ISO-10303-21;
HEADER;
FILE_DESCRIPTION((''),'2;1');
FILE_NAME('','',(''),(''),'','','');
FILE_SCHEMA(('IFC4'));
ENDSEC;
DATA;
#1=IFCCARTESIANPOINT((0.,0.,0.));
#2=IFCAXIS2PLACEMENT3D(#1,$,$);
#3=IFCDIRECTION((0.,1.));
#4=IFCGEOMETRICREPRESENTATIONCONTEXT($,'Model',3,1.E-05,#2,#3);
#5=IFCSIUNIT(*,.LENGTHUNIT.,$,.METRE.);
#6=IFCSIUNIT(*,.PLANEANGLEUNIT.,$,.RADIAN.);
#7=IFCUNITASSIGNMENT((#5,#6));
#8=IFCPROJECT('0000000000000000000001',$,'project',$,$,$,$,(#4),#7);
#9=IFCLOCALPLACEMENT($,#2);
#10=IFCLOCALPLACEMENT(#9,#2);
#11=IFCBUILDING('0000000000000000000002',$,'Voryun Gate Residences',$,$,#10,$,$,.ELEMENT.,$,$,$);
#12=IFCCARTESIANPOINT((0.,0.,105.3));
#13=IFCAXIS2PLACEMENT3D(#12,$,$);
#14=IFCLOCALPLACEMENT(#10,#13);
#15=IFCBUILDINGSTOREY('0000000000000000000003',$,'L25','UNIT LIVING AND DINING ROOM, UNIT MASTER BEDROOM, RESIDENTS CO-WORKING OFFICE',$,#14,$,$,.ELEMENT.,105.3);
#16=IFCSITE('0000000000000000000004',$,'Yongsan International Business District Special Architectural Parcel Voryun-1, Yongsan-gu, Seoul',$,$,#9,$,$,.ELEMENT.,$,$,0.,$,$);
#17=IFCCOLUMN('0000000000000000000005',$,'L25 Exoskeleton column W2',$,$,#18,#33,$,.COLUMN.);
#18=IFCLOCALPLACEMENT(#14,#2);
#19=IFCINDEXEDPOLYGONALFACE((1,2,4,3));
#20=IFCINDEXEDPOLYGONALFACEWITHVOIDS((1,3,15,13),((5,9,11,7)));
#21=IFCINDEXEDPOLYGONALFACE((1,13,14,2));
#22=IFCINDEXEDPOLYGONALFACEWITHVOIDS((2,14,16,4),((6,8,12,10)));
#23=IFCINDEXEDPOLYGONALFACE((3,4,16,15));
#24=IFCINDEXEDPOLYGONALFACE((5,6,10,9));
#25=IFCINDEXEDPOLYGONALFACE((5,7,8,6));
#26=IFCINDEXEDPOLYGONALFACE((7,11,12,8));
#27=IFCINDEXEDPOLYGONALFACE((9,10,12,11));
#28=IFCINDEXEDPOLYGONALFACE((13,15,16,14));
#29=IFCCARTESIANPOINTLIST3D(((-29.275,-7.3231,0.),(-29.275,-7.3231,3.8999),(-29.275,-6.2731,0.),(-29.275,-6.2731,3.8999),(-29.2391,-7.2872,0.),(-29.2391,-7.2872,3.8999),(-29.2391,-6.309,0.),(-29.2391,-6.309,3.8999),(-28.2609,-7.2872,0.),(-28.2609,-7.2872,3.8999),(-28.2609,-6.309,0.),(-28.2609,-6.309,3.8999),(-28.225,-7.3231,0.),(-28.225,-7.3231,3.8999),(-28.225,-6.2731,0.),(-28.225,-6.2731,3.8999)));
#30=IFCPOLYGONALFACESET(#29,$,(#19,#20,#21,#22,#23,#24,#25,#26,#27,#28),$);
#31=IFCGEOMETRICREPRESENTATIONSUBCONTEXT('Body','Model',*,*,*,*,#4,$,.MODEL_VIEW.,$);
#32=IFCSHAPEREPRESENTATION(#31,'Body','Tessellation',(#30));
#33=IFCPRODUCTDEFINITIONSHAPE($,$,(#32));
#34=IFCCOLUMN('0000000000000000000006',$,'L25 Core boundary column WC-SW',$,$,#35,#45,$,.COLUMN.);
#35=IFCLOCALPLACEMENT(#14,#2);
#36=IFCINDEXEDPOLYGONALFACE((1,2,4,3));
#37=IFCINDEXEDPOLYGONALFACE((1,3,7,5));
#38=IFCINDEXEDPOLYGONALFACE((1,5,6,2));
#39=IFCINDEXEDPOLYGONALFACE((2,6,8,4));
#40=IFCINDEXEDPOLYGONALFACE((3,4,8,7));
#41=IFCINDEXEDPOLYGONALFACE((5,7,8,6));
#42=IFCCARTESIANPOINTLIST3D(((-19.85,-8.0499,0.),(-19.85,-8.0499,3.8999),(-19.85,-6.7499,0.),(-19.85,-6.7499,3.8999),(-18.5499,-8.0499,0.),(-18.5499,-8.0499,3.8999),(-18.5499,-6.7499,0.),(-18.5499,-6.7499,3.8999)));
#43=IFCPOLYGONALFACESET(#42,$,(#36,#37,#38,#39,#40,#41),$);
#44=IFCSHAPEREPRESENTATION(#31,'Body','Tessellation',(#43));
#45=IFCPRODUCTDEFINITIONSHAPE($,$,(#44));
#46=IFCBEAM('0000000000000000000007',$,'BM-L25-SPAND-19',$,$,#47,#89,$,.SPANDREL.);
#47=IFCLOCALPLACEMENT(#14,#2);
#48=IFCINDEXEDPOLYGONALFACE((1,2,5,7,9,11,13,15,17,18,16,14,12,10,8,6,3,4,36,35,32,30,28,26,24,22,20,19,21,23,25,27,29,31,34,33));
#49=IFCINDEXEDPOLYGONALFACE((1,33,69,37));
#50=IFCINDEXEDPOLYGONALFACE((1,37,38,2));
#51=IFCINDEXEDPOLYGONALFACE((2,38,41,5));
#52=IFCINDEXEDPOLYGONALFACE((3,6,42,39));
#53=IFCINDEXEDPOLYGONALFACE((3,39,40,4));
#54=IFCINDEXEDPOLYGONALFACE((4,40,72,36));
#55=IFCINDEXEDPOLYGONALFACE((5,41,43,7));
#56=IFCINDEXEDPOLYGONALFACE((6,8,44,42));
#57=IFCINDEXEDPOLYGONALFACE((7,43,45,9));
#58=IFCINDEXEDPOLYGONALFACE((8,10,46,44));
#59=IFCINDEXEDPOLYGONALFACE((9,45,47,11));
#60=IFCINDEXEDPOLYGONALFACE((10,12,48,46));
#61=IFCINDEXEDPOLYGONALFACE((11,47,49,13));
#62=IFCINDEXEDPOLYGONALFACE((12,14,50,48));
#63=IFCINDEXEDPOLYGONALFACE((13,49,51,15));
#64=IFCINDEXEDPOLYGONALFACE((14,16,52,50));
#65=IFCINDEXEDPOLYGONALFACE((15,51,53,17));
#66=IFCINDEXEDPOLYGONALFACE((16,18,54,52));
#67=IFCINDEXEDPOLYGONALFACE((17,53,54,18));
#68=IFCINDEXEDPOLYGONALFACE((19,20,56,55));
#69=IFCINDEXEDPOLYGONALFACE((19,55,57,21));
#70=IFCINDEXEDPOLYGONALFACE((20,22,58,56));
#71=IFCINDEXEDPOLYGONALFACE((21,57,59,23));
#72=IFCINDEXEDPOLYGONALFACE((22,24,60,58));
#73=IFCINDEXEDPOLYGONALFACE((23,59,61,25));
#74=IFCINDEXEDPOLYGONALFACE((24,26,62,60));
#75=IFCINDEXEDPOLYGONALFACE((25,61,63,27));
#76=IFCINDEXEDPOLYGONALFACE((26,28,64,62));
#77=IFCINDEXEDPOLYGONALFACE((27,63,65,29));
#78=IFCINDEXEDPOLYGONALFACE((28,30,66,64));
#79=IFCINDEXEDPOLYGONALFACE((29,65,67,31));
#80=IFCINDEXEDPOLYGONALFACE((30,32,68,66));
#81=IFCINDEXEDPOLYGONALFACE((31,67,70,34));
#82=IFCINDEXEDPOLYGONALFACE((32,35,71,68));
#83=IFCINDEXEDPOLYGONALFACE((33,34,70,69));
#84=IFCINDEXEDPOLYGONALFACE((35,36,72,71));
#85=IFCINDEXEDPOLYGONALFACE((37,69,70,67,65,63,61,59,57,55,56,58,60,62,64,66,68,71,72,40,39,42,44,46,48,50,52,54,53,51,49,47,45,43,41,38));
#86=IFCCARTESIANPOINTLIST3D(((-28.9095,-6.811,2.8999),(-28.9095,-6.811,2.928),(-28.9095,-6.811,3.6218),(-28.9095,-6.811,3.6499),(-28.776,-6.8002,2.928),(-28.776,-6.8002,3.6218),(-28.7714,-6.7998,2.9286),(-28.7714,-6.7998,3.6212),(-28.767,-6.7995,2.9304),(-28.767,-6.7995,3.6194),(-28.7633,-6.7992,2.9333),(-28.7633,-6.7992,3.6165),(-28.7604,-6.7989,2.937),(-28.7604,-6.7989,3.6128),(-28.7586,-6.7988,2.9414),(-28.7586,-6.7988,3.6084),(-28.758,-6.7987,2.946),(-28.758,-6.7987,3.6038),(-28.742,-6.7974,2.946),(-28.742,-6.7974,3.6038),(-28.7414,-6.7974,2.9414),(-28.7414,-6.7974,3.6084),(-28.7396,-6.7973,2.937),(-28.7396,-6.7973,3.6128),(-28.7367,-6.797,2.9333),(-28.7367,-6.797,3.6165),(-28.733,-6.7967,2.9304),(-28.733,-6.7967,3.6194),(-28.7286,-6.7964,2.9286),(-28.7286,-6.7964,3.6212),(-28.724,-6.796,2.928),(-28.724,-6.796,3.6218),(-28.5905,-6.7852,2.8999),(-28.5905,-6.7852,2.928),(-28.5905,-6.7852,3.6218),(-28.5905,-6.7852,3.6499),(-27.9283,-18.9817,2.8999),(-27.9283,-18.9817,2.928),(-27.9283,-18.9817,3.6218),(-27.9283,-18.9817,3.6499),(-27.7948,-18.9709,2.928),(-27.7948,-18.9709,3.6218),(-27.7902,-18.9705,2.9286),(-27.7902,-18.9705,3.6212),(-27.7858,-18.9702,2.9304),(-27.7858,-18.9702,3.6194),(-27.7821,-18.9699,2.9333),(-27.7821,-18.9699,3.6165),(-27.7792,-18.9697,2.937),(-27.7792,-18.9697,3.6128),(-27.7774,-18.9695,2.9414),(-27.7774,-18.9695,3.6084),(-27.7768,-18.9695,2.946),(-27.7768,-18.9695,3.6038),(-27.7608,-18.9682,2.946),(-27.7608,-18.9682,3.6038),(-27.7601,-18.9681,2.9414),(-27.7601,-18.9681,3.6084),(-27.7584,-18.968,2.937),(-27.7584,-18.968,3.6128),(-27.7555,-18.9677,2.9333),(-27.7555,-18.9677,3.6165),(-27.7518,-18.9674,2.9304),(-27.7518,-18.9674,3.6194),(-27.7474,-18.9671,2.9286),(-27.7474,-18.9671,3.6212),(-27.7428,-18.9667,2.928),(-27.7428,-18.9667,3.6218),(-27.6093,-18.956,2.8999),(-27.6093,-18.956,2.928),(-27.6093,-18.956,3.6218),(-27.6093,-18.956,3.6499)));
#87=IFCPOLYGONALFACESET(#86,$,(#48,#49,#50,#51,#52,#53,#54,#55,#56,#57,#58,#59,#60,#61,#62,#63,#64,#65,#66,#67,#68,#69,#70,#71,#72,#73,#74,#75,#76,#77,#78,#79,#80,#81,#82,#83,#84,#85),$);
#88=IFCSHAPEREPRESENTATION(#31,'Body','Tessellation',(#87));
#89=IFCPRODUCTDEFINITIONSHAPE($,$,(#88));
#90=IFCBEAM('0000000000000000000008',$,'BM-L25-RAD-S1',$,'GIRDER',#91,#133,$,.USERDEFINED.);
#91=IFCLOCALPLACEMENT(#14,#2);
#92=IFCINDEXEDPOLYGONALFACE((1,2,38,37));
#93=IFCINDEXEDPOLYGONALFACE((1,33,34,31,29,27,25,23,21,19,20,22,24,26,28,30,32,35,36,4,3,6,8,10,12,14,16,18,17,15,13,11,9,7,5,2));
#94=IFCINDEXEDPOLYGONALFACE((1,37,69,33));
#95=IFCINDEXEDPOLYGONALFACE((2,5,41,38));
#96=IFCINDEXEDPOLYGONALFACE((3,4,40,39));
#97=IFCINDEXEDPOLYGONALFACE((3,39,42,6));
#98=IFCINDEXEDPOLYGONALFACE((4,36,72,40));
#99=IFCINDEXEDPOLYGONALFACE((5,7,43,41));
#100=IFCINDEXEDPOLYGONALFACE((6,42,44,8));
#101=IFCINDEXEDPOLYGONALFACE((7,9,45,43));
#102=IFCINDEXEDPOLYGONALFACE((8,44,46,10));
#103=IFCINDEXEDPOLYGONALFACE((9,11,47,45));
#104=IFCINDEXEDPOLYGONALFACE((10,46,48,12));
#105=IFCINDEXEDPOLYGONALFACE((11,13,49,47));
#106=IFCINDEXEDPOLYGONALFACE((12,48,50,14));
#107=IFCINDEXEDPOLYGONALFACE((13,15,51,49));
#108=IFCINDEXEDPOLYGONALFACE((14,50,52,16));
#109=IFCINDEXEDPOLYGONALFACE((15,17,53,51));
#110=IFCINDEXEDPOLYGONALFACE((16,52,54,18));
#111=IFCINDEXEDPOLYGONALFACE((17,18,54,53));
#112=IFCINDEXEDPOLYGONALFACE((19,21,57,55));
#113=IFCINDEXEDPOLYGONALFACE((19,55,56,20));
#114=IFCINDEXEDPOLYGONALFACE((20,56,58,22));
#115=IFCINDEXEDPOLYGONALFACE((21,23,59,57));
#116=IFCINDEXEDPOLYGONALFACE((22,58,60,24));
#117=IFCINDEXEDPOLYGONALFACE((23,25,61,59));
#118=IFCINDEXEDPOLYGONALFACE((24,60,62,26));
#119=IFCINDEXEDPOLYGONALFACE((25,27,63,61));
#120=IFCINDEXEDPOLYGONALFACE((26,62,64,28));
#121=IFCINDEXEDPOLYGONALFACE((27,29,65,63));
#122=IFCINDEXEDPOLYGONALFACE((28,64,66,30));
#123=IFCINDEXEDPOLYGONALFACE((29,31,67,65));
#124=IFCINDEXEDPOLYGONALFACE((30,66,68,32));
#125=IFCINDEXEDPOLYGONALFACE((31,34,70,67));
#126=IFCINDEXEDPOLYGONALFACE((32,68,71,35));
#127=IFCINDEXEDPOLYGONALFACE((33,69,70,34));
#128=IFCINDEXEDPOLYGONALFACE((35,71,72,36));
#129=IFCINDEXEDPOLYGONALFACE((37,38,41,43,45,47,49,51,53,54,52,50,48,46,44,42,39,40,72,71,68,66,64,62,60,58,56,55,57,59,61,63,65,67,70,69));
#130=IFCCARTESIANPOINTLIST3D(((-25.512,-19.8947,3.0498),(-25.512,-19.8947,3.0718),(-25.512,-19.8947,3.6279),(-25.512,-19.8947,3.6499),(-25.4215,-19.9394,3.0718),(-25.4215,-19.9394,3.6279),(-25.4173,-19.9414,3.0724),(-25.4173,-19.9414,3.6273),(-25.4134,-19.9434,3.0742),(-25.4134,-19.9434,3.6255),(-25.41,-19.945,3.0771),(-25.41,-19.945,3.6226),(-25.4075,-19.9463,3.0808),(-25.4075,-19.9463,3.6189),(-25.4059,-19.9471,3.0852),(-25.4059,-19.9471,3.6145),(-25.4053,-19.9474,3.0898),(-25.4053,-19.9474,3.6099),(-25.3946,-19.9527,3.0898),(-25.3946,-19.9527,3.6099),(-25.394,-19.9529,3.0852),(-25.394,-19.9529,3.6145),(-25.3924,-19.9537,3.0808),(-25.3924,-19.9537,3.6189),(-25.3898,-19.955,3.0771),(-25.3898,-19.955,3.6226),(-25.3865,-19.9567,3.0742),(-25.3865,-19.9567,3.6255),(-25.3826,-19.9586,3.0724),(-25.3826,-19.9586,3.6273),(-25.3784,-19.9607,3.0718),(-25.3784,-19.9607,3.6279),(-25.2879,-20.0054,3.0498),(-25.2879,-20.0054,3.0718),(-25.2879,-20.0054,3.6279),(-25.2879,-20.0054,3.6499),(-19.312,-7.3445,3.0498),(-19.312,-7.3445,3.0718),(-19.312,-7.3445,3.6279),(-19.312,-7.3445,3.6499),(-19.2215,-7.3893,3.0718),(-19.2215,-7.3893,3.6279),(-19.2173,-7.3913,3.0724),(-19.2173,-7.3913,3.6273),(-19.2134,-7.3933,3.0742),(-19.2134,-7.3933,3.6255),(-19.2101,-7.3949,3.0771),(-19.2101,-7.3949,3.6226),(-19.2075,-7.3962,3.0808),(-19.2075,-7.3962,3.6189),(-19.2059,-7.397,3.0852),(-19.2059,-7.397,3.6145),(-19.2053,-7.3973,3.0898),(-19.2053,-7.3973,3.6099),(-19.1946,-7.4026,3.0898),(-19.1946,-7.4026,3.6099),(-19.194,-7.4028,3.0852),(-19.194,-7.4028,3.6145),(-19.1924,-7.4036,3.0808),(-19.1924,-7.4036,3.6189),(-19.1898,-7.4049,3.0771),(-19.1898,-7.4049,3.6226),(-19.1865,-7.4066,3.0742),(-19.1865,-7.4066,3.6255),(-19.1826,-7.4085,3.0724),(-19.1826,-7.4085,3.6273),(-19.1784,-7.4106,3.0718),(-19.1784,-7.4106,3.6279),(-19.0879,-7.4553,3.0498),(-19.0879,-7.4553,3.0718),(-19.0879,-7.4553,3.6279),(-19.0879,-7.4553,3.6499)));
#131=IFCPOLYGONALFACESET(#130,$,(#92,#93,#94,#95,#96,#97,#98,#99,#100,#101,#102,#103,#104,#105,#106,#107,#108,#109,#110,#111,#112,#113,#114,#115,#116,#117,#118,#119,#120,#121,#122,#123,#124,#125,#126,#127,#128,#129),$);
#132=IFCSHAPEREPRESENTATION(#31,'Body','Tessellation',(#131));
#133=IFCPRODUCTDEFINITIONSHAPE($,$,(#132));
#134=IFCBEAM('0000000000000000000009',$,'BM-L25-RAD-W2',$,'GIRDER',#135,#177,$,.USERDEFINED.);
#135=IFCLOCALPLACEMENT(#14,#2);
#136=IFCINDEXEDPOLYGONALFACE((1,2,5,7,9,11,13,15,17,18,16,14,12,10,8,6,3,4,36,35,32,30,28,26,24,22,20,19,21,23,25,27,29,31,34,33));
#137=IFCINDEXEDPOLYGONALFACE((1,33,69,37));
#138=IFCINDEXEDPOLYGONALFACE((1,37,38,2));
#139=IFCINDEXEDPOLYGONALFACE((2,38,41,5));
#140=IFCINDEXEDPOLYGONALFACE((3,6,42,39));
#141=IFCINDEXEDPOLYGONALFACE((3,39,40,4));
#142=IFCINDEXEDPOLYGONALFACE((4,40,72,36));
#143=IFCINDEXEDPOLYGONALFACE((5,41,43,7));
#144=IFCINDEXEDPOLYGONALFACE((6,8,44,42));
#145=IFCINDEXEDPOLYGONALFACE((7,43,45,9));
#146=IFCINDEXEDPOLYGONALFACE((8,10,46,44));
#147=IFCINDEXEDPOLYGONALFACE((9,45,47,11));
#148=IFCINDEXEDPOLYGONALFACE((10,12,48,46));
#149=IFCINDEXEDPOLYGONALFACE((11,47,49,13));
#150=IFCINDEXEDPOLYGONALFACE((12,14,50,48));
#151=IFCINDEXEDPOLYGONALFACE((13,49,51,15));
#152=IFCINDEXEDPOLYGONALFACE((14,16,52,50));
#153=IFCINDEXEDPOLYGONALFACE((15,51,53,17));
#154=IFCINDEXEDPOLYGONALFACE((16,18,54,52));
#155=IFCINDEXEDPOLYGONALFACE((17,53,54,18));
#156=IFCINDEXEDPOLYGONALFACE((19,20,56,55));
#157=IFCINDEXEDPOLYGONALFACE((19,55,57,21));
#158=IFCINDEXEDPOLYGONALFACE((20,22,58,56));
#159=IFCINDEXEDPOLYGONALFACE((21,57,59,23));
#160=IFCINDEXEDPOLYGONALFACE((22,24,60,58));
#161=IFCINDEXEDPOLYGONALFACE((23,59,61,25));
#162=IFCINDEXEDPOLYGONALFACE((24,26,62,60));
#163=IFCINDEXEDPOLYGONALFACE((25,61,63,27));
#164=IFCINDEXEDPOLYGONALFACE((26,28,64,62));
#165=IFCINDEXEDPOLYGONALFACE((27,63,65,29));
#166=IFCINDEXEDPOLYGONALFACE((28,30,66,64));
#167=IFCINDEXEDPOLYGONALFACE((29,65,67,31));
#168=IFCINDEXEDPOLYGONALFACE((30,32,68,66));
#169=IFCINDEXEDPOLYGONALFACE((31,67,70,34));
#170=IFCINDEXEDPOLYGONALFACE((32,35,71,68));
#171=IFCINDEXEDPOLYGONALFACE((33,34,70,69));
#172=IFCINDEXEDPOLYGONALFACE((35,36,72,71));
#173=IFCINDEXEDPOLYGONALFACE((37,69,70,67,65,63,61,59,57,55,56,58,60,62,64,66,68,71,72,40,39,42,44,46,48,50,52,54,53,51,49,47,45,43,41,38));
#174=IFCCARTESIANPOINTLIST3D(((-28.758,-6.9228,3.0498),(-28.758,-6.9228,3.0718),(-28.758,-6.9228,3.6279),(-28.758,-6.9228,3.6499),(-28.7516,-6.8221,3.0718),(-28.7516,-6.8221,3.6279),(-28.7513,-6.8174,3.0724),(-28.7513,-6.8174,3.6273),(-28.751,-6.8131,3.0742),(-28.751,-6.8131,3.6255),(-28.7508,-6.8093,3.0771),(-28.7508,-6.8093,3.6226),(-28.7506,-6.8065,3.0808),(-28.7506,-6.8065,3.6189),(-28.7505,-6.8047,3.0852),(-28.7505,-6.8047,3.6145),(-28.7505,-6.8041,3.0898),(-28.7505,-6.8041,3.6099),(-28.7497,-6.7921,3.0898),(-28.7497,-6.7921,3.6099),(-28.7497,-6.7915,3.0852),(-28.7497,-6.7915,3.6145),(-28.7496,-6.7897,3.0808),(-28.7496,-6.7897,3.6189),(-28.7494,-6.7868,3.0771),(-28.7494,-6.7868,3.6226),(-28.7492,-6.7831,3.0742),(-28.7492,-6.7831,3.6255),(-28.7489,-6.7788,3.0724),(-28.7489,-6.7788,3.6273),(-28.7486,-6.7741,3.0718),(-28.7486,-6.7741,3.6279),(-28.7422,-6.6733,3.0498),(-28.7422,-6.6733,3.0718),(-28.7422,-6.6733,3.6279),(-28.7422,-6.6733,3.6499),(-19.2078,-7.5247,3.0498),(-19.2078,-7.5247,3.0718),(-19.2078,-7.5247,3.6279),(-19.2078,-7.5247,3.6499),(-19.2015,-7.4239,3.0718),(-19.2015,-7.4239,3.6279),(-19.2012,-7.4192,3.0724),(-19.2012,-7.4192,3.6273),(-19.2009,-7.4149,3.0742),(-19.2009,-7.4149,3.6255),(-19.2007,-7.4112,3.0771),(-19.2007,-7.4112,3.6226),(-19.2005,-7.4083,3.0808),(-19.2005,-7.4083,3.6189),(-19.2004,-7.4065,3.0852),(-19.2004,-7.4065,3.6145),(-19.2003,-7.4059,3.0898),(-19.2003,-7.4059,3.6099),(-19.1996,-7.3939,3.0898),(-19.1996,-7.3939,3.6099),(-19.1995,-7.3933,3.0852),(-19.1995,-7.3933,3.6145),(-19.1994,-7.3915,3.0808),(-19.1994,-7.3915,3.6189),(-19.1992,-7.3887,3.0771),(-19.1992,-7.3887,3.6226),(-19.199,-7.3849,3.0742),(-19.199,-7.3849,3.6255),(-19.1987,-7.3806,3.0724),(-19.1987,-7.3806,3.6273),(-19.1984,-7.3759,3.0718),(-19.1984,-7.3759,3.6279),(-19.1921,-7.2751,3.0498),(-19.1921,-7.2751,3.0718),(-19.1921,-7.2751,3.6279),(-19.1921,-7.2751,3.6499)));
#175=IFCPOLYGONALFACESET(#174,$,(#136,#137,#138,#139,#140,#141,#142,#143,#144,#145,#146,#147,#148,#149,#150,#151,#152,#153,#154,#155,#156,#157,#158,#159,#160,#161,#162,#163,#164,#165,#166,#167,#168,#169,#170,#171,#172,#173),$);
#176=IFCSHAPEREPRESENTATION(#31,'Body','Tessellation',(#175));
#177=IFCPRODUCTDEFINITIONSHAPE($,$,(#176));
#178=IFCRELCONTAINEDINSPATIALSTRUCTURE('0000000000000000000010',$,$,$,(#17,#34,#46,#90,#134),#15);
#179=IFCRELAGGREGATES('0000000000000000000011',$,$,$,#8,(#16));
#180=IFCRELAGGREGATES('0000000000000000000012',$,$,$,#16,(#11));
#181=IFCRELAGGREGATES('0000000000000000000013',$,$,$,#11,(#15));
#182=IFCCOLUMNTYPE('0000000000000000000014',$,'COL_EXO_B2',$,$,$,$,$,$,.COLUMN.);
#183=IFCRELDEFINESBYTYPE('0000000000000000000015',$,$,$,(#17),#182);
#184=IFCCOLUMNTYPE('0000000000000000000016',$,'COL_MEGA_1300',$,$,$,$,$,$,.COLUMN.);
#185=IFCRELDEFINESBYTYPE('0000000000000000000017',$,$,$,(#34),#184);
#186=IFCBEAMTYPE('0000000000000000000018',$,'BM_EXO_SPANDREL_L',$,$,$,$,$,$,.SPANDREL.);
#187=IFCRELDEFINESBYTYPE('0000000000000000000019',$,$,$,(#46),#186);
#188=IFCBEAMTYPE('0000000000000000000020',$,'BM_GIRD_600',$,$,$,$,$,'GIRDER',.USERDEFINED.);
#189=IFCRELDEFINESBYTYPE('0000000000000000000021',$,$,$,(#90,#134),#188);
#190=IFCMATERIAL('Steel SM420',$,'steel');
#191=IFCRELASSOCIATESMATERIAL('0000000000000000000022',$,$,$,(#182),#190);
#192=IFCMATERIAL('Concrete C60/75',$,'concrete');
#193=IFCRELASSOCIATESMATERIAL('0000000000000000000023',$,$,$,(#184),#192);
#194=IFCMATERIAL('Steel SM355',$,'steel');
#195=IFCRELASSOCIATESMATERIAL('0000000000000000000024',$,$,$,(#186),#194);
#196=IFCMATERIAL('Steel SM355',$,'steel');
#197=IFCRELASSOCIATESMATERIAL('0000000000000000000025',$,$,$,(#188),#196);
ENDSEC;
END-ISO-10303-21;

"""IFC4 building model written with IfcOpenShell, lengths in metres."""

from ifc_helpers import new_model, si_unit, direction, frame, origin, origin_2d, place, context, subcontext, project, spatial, rectangle, hollow_rectangle, i_section, extrude, material, material_profile, profile_set, type_object, element, save


model = new_model("IFC4")

# Units and contexts
model_context = context("Model", 3, precision=1e-05, world=origin(), true_north=direction((0.0, 1.0)))
body_context = subcontext(model_context, "Body", "Model", "MODEL_VIEW")
ifc_project = project(units=[si_unit("LENGTHUNIT", "METRE"), si_unit("PLANEANGLEUNIT", "RADIAN")], contexts=[model_context])

# Site, building, storey
site_placement = place(None, origin())
site = spatial("IfcSite", under=ifc_project, at=site_placement, Name="Yongsan International Business District Special Architectural Parcel Voryun-1, Yongsan-gu, Seoul", CompositionType="ELEMENT", RefElevation=0.0)
building_placement = place(site_placement, origin())
building = spatial("IfcBuilding", under=site, at=building_placement, Name="Voryun Gate Residences", CompositionType="ELEMENT")
storey_placement = place(building_placement, frame((0.0, 0.0, 105.3)))
storey = spatial("IfcBuildingStorey", under=building, at=storey_placement, Name="L25", Description="UNIT LIVING AND DINING ROOM, UNIT MASTER BEDROOM, RESIDENTS CO-WORKING OFFICE", CompositionType="ELEMENT", Elevation=105.3)

# Columns
ifc_material_1 = material(Name="Steel SM420", Category="steel")
ifc_material_profile_1 = material_profile(ifc_material_1, hollow_rectangle(XDim=1.05, YDim=1.05, WallThickness=0.0359, at=origin_2d()), Name="BOX-1050x1050x36")
ifc_profile_set_1 = profile_set([ifc_material_profile_1], Name="Steel SM420")
column_type_1 = type_object("IfcColumnType", Name="COL_EXO_B2", PredefinedType="COLUMN", material=ifc_profile_set_1)
column_1_placement = place(storey_placement, frame((-28.75, -6.7981, 0.0), z_axis=(0.0, 0.0, 1.0), x_axis=(1.0, 0.0, 0.0)))
element("IfcColumn", 1, at=column_1_placement, inside=storey, type_object=column_type_1, Name="L25 Exoskeleton column W2", PredefinedType="COLUMN", context=body_context, shape_type="SweptSolid", body=[
    extrude(hollow_rectangle(XDim=1.05, YDim=1.05, WallThickness=0.0359, at=origin_2d()), origin(), (0.0, 0.0, 1.0), 3.8999),
])
ifc_material_2 = material(Name="Concrete C60/75", Category="concrete")
ifc_material_profile_2 = material_profile(ifc_material_2, rectangle(XDim=1.3, YDim=1.3, at=origin_2d()), Name="RC-1300x1300")
ifc_profile_set_2 = profile_set([ifc_material_profile_2], Name="Concrete C60/75")
column_type_2 = type_object("IfcColumnType", Name="COL_MEGA_1300", PredefinedType="COLUMN", material=ifc_profile_set_2)
column_2_placement = place(storey_placement, frame((-19.2, -7.3999, 0.0), z_axis=(0.0, 0.0, 1.0), x_axis=(1.0, 0.0, 0.0)))
element("IfcColumn", 2, at=column_2_placement, inside=storey, type_object=column_type_2, Name="L25 Core boundary column WC-SW", PredefinedType="COLUMN", context=body_context, shape_type="SweptSolid", body=[
    extrude(rectangle(XDim=1.3, YDim=1.3, at=origin_2d()), origin(), (0.0, 0.0, 1.0), 3.8999),
])

# Beams
ifc_material_3 = material(Name="Steel SM355", Category="steel")
ifc_material_profile_3 = material_profile(ifc_material_3, i_section(OverallWidth=0.3201, OverallDepth=0.75, WebThickness=0.0161, FlangeThickness=0.0281, FilletRadius=0.0181, at=origin_2d()), Name="H-750x320x16x28")
ifc_profile_set_3 = profile_set([ifc_material_profile_3], Name="Steel SM355")
beam_type_1 = type_object("IfcBeamType", Name="BM_EXO_SPANDREL_L", PredefinedType="SPANDREL", material=ifc_profile_set_3)
beam_1_placement = place(storey_placement, frame((-28.75, -6.7981, 3.2749), z_axis=(0.08036, -0.996766, 0.0), x_axis=(0.996766, 0.08036, 0.0)))
element("IfcBeam", 3, at=beam_1_placement, inside=storey, type_object=beam_type_1, Name="BM-L25-SPAND-19", PredefinedType="SPANDREL", context=body_context, shape_type="SweptSolid", body=[
    extrude(i_section(OverallWidth=0.3201, OverallDepth=0.75, WebThickness=0.0161, FlangeThickness=0.0281, FilletRadius=0.0181, at=origin_2d()), origin(), (0.0, 0.0, 1.0), 12.2102),
])
ifc_material_4 = material(Name="Steel SM355", Category="steel")
ifc_material_profile_4 = material_profile(ifc_material_4, i_section(OverallWidth=0.25, OverallDepth=0.6001, WebThickness=0.012, FlangeThickness=0.022, FilletRadius=0.0181, at=origin_2d()), Name="H-600x250x12x22")
ifc_profile_set_4 = profile_set([ifc_material_profile_4], Name="Steel SM355")
beam_type_2 = type_object("IfcBeamType", Name="BM_GIRD_600", ElementType="GIRDER", PredefinedType="USERDEFINED", material=ifc_profile_set_4)
beam_2_placement = place(storey_placement, frame((-19.2, -7.3999, 3.3499), z_axis=(-0.442918, -0.896562, 0.0), x_axis=(0.896562, -0.442918, 0.0)))
element("IfcBeam", 4, at=beam_2_placement, inside=storey, type_object=beam_type_2, Name="BM-L25-RAD-S1", ObjectType="GIRDER", PredefinedType="USERDEFINED", context=body_context, shape_type="SweptSolid", body=[
    extrude(i_section(OverallWidth=0.25, OverallDepth=0.6001, WebThickness=0.012, FlangeThickness=0.022, FilletRadius=0.0181, at=origin_2d()), origin(), (0.0, 0.0, 1.0), 13.998),
])
beam_3_placement = place(storey_placement, frame((-19.2, -7.3999, 3.3499), z_axis=(-0.99802, 0.062891, 0.0), x_axis=(-0.062891, -0.99802, 0.0)))
element("IfcBeam", 5, at=beam_3_placement, inside=storey, type_object=beam_type_2, Name="BM-L25-RAD-W2", ObjectType="GIRDER", PredefinedType="USERDEFINED", context=body_context, shape_type="SweptSolid", body=[
    extrude(i_section(OverallWidth=0.25, OverallDepth=0.6001, WebThickness=0.012, FlangeThickness=0.022, FilletRadius=0.0181, at=origin_2d()), origin(), (0.0, 0.0, 1.0), 9.5691),
])

save(model, "model.ifc")
